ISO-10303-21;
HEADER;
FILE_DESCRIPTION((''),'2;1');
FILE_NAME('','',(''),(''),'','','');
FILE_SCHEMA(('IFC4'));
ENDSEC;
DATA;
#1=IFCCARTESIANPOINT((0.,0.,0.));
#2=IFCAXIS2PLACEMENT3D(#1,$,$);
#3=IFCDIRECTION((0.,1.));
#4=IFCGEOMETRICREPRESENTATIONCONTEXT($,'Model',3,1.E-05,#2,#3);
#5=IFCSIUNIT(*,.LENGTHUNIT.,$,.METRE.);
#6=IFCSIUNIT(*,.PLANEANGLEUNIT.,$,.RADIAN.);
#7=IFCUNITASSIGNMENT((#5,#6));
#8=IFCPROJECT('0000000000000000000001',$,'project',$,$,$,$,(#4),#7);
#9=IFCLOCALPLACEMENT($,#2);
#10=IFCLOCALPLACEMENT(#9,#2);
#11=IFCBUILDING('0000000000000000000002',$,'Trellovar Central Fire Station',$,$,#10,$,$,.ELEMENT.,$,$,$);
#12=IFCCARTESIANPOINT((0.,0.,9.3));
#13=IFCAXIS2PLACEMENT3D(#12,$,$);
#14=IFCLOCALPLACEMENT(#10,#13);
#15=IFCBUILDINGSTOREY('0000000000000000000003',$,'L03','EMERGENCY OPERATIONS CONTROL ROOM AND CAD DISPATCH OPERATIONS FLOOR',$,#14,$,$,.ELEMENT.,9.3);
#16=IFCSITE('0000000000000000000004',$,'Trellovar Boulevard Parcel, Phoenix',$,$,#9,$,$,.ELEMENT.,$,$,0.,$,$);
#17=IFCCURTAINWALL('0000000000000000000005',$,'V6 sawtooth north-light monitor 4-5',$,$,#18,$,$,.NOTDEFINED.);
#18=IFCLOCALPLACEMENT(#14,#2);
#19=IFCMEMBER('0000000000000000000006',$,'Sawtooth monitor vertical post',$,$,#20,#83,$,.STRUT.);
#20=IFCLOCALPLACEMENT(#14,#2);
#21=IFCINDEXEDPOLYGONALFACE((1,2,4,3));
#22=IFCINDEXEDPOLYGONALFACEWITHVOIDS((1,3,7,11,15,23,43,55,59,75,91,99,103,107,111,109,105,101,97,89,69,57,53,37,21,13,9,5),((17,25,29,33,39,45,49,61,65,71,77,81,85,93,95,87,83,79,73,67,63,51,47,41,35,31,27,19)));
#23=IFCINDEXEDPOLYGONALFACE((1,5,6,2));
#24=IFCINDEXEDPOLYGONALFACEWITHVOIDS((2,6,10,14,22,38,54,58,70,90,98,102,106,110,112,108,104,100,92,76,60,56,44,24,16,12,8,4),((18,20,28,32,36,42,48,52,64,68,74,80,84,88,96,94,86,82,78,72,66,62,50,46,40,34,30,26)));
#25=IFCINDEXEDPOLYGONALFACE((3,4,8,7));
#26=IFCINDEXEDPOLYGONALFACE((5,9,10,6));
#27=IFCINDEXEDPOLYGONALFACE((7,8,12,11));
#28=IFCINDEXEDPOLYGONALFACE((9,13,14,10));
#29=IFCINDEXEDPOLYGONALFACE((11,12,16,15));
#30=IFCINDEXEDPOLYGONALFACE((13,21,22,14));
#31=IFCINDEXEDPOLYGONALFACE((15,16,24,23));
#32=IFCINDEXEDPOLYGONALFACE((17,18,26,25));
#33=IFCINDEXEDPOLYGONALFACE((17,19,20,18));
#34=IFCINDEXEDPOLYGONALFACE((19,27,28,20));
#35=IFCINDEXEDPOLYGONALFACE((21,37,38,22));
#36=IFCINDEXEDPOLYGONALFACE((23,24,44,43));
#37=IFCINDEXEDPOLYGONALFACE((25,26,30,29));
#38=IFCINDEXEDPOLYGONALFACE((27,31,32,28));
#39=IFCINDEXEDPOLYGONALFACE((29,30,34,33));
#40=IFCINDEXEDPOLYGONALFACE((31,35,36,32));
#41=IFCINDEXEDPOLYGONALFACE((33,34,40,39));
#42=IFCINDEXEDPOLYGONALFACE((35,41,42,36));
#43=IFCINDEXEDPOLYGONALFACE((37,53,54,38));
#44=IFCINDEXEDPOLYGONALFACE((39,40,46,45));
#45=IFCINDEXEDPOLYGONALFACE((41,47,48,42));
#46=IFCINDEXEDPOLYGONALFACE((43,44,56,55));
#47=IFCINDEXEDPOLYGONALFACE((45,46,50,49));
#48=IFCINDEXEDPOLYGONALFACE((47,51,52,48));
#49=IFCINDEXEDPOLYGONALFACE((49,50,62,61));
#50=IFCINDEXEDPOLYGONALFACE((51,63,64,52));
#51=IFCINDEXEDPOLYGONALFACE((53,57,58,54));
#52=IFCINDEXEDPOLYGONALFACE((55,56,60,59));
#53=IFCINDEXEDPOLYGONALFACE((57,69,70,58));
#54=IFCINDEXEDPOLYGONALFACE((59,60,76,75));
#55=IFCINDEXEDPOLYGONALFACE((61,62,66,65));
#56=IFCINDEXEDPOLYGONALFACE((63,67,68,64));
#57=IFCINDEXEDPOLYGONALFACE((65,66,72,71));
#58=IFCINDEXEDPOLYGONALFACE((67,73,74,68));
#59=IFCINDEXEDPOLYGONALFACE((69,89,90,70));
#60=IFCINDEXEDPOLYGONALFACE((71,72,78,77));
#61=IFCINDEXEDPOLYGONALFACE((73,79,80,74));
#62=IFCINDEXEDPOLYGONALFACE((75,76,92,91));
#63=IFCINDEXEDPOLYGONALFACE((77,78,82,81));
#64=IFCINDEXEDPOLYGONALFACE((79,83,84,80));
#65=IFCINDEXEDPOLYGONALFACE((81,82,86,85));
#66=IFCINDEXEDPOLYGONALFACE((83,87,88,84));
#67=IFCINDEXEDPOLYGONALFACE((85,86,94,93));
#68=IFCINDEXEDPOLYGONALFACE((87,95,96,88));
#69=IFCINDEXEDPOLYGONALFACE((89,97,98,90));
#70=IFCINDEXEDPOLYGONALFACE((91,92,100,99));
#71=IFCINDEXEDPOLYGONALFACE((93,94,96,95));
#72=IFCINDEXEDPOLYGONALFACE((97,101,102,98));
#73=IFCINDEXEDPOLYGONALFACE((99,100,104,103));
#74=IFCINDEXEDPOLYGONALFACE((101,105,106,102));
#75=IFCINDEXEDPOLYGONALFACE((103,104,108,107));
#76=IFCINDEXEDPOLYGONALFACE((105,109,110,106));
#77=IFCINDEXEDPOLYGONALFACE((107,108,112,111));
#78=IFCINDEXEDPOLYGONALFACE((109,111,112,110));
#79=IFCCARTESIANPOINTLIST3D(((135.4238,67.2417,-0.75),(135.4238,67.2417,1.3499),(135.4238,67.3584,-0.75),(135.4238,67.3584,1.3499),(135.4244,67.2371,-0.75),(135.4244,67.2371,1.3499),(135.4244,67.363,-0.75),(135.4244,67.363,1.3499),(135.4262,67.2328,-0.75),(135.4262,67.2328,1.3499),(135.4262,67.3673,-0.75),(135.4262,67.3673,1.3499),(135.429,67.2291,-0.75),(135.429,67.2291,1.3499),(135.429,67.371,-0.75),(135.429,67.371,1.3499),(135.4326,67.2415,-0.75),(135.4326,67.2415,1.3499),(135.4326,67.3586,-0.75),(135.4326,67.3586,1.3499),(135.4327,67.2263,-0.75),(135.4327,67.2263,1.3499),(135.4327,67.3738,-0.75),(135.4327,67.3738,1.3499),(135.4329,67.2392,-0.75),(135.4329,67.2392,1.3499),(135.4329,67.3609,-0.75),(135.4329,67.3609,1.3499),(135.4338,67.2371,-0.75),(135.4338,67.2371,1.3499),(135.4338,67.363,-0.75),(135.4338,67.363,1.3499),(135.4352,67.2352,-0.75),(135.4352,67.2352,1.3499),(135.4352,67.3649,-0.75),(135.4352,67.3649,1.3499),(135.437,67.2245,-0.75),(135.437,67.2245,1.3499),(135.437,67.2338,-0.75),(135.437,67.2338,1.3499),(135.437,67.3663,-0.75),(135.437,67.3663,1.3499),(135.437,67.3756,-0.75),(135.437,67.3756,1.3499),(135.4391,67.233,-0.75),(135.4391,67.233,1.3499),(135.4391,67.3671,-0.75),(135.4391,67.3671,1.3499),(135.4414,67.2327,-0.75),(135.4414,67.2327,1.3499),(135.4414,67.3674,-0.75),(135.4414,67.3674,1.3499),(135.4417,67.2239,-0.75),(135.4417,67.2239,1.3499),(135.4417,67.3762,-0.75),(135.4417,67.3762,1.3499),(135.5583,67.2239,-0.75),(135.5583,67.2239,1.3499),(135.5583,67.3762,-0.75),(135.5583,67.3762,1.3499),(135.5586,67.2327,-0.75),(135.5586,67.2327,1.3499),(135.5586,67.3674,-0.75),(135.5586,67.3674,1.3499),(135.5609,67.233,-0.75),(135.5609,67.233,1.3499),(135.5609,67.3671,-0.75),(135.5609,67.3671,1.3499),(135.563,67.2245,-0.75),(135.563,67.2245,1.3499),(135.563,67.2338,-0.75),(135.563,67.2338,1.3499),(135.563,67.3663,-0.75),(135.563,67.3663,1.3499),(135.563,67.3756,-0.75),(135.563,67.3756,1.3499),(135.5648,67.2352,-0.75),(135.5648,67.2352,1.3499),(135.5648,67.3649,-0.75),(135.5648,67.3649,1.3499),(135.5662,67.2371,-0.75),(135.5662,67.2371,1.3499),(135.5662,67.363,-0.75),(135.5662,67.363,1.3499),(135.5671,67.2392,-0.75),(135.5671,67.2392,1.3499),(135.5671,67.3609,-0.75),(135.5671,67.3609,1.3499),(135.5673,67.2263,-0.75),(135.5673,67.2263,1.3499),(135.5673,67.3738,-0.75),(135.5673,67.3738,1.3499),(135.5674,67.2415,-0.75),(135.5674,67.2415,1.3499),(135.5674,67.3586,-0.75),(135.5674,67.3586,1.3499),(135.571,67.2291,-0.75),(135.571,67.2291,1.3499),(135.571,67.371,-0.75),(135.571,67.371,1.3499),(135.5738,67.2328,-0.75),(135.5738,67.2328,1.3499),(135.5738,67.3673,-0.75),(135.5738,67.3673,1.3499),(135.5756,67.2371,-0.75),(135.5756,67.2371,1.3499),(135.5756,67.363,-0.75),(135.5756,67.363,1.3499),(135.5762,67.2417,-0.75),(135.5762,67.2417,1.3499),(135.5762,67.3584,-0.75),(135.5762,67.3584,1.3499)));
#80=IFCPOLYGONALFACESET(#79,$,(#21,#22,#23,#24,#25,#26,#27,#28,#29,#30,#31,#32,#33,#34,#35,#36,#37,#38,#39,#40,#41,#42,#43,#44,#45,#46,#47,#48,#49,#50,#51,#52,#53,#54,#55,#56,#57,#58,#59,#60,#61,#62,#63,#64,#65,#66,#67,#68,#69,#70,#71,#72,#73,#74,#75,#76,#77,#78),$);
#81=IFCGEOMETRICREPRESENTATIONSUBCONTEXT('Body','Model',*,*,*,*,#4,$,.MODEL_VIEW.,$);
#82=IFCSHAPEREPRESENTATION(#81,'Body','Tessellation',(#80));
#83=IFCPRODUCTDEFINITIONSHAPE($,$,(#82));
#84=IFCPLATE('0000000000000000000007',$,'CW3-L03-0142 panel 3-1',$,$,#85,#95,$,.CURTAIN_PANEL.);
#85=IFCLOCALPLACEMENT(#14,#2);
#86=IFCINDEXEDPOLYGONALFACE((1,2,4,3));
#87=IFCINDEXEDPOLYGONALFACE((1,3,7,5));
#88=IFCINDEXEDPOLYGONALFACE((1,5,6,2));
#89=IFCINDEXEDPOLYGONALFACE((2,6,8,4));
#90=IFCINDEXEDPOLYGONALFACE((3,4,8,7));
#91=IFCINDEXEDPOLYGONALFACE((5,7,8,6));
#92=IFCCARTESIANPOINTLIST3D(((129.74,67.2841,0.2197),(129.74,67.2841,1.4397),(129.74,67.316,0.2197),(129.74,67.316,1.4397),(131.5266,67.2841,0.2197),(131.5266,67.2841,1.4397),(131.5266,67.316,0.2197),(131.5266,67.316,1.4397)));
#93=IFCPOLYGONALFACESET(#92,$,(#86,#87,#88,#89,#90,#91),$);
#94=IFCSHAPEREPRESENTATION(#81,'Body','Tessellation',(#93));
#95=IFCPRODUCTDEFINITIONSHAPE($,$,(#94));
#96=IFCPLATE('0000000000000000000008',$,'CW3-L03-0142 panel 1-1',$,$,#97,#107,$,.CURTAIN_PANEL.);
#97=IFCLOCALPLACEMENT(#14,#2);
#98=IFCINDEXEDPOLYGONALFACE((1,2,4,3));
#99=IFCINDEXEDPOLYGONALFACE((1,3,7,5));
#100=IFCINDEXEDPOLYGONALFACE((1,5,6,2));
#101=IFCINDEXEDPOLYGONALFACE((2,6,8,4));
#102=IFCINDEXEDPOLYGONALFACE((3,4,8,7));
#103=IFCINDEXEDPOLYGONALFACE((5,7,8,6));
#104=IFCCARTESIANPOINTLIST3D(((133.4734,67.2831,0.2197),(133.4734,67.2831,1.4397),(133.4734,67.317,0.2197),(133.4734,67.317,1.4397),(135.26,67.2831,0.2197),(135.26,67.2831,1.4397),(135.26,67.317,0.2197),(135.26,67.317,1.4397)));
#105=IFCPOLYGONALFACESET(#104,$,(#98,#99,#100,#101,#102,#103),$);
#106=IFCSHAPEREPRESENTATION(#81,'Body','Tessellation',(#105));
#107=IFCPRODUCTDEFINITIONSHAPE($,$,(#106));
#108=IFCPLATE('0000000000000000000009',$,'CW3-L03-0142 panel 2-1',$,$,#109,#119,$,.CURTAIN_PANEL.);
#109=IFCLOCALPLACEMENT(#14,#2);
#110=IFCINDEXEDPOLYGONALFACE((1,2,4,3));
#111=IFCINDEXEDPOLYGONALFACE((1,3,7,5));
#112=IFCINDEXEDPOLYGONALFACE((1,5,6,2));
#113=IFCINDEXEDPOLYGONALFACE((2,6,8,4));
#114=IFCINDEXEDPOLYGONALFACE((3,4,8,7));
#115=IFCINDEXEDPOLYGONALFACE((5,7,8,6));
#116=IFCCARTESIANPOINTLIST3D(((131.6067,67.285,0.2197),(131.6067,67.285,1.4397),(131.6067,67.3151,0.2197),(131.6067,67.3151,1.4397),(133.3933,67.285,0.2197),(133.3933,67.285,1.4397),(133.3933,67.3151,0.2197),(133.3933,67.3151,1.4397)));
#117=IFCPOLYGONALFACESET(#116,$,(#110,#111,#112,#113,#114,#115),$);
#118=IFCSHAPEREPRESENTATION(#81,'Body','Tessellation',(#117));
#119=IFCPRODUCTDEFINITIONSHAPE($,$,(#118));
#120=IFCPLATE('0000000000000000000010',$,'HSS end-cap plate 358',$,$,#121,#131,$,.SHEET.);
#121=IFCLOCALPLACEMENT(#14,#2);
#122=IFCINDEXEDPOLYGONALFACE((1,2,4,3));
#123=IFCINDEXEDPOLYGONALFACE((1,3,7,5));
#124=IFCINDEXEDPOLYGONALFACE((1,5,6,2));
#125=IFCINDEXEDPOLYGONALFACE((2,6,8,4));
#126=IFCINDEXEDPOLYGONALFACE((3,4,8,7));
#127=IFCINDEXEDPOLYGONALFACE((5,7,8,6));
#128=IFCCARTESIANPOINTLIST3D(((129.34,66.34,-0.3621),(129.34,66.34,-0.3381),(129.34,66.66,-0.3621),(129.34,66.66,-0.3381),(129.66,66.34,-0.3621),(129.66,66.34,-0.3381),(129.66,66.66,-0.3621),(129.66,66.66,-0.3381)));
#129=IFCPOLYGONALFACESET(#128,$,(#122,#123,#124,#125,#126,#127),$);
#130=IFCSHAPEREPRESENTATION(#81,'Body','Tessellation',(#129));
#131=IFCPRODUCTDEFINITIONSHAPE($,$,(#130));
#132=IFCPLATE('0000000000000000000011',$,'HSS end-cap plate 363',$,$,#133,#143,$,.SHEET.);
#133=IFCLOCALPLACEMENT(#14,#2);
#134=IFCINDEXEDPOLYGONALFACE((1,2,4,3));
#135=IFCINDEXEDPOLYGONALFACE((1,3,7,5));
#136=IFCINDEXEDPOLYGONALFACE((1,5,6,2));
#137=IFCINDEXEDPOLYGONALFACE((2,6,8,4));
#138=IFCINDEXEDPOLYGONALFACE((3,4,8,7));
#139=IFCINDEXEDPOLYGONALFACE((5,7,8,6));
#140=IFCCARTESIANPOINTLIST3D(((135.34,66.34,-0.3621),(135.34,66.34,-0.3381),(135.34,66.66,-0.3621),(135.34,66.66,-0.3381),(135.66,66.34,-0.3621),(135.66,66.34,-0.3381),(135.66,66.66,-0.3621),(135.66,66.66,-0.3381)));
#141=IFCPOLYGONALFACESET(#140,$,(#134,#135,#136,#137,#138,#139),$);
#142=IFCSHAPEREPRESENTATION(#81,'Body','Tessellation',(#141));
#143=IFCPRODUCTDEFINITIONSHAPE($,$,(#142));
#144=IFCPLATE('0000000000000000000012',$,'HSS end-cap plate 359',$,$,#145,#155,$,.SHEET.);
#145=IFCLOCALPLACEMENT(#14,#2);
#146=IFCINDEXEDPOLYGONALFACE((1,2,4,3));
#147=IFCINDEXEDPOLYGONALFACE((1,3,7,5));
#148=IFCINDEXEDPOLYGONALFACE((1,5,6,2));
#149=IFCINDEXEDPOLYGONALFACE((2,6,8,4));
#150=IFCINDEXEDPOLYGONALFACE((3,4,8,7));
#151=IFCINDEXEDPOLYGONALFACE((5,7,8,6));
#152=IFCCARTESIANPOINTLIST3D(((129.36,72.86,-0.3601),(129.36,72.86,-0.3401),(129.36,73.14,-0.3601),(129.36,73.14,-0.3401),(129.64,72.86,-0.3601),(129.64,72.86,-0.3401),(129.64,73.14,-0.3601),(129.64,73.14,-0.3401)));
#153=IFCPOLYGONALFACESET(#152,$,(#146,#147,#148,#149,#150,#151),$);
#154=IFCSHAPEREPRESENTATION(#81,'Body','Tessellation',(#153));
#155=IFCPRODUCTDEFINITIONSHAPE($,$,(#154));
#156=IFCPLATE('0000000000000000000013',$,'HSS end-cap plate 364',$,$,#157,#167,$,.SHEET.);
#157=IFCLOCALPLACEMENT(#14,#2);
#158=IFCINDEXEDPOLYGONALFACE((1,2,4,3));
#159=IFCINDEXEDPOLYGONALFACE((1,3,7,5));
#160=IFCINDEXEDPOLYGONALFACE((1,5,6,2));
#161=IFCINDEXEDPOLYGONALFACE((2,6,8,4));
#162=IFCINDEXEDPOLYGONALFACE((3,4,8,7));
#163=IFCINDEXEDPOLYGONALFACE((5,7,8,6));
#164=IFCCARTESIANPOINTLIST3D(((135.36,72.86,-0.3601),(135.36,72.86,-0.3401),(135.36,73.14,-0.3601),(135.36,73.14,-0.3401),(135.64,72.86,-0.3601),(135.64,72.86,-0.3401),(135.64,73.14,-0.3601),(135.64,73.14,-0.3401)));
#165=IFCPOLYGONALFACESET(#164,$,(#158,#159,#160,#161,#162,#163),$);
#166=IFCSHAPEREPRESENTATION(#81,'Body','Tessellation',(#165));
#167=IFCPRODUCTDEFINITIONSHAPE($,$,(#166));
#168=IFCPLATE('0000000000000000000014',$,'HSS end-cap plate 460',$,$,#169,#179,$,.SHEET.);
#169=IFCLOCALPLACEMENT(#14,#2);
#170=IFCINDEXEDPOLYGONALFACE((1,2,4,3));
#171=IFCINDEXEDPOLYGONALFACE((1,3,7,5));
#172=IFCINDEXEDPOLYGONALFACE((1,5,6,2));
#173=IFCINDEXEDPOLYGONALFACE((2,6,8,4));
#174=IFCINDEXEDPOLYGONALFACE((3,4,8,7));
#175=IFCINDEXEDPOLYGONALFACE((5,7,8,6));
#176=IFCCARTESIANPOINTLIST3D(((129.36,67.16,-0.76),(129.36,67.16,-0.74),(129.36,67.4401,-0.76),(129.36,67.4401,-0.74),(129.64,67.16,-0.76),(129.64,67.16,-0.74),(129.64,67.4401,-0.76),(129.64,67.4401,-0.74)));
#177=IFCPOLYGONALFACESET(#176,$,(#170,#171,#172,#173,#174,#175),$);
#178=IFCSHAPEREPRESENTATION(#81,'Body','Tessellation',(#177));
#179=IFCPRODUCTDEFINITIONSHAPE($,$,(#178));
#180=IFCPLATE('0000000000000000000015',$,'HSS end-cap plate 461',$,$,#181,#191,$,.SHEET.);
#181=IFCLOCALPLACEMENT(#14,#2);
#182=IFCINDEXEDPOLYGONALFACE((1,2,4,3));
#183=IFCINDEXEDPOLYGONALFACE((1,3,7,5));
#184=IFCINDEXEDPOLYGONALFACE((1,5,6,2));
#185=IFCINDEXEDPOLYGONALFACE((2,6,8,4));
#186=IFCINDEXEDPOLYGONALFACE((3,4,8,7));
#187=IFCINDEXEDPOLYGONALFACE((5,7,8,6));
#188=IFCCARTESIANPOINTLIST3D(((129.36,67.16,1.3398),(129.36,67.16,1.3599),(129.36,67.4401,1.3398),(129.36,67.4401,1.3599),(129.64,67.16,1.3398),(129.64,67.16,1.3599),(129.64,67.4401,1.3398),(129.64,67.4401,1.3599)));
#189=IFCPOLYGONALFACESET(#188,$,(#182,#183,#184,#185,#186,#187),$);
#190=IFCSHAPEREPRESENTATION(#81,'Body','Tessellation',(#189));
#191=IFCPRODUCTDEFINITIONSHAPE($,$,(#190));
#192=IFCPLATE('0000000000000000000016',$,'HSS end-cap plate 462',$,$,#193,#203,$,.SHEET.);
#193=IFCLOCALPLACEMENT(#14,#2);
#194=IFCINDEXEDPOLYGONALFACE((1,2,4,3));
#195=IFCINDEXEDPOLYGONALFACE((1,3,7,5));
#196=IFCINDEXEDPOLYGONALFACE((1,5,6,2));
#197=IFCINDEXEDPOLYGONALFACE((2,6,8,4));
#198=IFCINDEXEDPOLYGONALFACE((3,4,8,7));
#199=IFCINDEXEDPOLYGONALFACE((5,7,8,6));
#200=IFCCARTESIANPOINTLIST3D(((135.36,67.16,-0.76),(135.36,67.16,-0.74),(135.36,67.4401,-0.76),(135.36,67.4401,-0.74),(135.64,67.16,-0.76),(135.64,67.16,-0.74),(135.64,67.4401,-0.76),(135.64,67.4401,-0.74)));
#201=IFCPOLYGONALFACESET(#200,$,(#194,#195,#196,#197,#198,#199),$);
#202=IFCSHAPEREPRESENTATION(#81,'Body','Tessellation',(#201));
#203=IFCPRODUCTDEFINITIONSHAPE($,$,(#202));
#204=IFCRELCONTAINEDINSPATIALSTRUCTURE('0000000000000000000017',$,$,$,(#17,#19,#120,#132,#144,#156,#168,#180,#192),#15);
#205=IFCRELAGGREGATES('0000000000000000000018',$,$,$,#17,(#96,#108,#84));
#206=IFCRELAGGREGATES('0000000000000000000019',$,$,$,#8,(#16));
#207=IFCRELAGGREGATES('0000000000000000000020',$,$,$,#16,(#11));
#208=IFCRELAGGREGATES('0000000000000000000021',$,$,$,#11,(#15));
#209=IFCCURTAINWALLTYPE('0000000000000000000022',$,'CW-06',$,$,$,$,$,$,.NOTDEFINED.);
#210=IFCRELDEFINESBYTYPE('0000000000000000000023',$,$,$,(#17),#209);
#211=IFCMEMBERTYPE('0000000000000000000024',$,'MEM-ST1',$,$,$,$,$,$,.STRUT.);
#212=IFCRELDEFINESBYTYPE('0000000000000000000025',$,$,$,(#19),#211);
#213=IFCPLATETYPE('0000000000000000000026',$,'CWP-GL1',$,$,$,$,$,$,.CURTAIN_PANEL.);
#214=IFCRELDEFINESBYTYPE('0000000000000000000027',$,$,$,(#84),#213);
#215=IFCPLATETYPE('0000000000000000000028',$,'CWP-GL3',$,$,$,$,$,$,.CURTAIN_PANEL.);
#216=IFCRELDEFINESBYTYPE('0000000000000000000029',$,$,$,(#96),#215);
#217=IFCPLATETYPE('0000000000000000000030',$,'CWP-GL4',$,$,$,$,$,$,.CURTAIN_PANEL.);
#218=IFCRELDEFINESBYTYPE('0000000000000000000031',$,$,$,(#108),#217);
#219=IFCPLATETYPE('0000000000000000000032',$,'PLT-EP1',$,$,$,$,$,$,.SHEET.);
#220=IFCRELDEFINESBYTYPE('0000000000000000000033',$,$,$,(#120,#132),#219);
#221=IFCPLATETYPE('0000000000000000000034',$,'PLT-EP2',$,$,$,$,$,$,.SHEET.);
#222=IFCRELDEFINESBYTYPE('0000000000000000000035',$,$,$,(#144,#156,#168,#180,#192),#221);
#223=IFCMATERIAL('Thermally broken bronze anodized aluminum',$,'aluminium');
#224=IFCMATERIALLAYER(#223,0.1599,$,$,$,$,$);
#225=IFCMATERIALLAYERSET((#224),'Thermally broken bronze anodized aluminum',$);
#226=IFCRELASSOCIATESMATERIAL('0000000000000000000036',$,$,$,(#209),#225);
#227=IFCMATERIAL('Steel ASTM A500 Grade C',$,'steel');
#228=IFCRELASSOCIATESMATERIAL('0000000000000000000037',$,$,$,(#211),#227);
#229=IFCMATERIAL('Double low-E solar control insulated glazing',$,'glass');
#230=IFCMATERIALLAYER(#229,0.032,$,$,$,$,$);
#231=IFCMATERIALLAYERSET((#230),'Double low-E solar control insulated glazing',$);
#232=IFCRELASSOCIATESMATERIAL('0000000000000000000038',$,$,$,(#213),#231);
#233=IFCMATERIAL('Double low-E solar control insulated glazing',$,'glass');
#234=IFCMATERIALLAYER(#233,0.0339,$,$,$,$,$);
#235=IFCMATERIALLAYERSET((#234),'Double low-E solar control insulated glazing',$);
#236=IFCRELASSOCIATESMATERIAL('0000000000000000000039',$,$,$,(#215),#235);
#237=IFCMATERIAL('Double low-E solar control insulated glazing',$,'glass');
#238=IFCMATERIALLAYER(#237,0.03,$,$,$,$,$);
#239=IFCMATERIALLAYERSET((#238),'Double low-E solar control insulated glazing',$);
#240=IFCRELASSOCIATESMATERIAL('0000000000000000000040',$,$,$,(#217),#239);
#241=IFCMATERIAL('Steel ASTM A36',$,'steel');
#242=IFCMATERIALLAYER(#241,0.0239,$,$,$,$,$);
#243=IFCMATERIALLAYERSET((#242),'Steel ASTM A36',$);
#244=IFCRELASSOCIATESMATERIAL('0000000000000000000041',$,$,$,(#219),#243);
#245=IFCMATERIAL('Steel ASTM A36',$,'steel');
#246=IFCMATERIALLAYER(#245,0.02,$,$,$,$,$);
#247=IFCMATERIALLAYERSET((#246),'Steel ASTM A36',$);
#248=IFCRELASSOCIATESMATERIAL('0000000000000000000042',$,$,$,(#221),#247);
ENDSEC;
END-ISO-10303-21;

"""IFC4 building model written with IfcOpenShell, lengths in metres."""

from ifc_helpers import new_model, si_unit, direction, frame, origin, origin_2d, place, context, subcontext, project, spatial, rectangle, hollow_rectangle, extrude, material, layer, layer_set, material_profile, profile_set, type_object, element, aggregate, save


model = new_model("IFC4")

# Units and contexts
model_context = context("Model", 3, precision=1e-05, world=origin(), true_north=direction((0.0, 1.0)))
body_context = subcontext(model_context, "Body", "Model", "MODEL_VIEW")
ifc_project = project(units=[si_unit("LENGTHUNIT", "METRE"), si_unit("PLANEANGLEUNIT", "RADIAN")], contexts=[model_context])

# Site, building, storey
site_placement = place(None, origin())
site = spatial("IfcSite", under=ifc_project, at=site_placement, Name="Trellovar Boulevard Parcel, Phoenix", CompositionType="ELEMENT", RefElevation=0.0)
building_placement = place(site_placement, origin())
building = spatial("IfcBuilding", under=site, at=building_placement, Name="Trellovar Central Fire Station", CompositionType="ELEMENT")
storey_placement = place(building_placement, frame((0.0, 0.0, 9.3)))
storey = spatial("IfcBuildingStorey", under=building, at=storey_placement, Name="L03", Description="EMERGENCY OPERATIONS CONTROL ROOM AND CAD DISPATCH OPERATIONS FLOOR", CompositionType="ELEMENT", Elevation=9.3)

# Curtain wall
ifc_material_1 = material(Name="Thermally broken bronze anodized aluminum", Category="aluminium")
ifc_layer_1 = layer(ifc_material_1, 0.1599)
ifc_layer_set_1 = layer_set([ifc_layer_1], Name="Thermally broken bronze anodized aluminum")
curtain_wall_type = type_object("IfcCurtainWallType", Name="CW-06", PredefinedType="NOTDEFINED", material=ifc_layer_set_1)
curtain_wall_placement = place(storey_placement, origin())
curtain_wall = element("IfcCurtainWall", 1, at=curtain_wall_placement, inside=storey, type_object=curtain_wall_type, Name="V6 sawtooth north-light monitor 4-5", PredefinedType="NOTDEFINED")

# Member
ifc_material_2 = material(Name="Steel ASTM A500 Grade C", Category="steel")
ifc_material_profile_1 = material_profile(ifc_material_2, hollow_rectangle(XDim=0.1523, YDim=0.1523, WallThickness=0.0088, InnerFilletRadius=0.0088, OuterFilletRadius=0.0178, at=origin_2d()), Name="HSS6X6X3/8")
ifc_profile_set_1 = profile_set([ifc_material_profile_1], Name="Steel ASTM A500 Grade C")
member_type_1 = type_object("IfcMemberType", Name="MEM-ST1", PredefinedType="STRUT", material=ifc_profile_set_1)
for number, where, z_axis, x_axis, name in (
    (2, (135.5, 67.3, -0.75), (0.0, 0.0, 1.0), (1.0, 0.0, 0.0), "Sawtooth monitor vertical post"),
):
    element("IfcMember", number, at=place(storey_placement, frame(where, z_axis=z_axis, x_axis=x_axis)), inside=storey, type_object=member_type_1, Name=name, PredefinedType="STRUT", context=body_context, shape_type="SweptSolid", body=[
        extrude(hollow_rectangle(XDim=0.1523, YDim=0.1523, WallThickness=0.0088, InnerFilletRadius=0.0088, OuterFilletRadius=0.0178, at=origin_2d()), origin(), (0.0, 0.0, 1.0), 2.0999),
    ])

# Plates
ifc_material_3 = material(Name="Double low-E solar control insulated glazing", Category="glass")
ifc_layer_2 = layer(ifc_material_3, 0.032)
ifc_layer_set_2 = layer_set([ifc_layer_2], Name="Double low-E solar control insulated glazing")
plate_type_1 = type_object("IfcPlateType", Name="CWP-GL1", PredefinedType="CURTAIN_PANEL", material=ifc_layer_set_2)
plate_1_placement = place(storey_placement, frame((130.6333, 67.3, 0.2197), z_axis=(0.0, 0.0, 1.0), x_axis=(-1.0, 0.0, 0.0)))
plate_1 = element("IfcPlate", 3, at=plate_1_placement, type_object=plate_type_1, Name="CW3-L03-0142 panel 3-1", PredefinedType="CURTAIN_PANEL", context=body_context, shape_type="SweptSolid", body=[
    extrude(rectangle(XDim=1.7866, YDim=0.032, at=origin_2d()), origin(), (0.0, 0.0, 1.0), 1.22),
])
ifc_material_4 = material(Name="Double low-E solar control insulated glazing", Category="glass")
ifc_layer_3 = layer(ifc_material_4, 0.0339)
ifc_layer_set_3 = layer_set([ifc_layer_3], Name="Double low-E solar control insulated glazing")
plate_type_2 = type_object("IfcPlateType", Name="CWP-GL3", PredefinedType="CURTAIN_PANEL", material=ifc_layer_set_3)
plate_2_placement = place(storey_placement, frame((134.3667, 67.3, 0.2197), z_axis=(0.0, 0.0, 1.0), x_axis=(-1.0, 0.0, 0.0)))
plate_2 = element("IfcPlate", 4, at=plate_2_placement, type_object=plate_type_2, Name="CW3-L03-0142 panel 1-1", PredefinedType="CURTAIN_PANEL", context=body_context, shape_type="SweptSolid", body=[
    extrude(rectangle(XDim=1.7866, YDim=0.0339, at=origin_2d()), origin(), (0.0, 0.0, 1.0), 1.22),
])
ifc_material_5 = material(Name="Double low-E solar control insulated glazing", Category="glass")
ifc_layer_4 = layer(ifc_material_5, 0.03)
ifc_layer_set_4 = layer_set([ifc_layer_4], Name="Double low-E solar control insulated glazing")
plate_type_3 = type_object("IfcPlateType", Name="CWP-GL4", PredefinedType="CURTAIN_PANEL", material=ifc_layer_set_4)
plate_3_placement = place(storey_placement, frame((132.5, 67.3, 0.2197), z_axis=(0.0, 0.0, 1.0), x_axis=(-1.0, 0.0, 0.0)))
plate_3 = element("IfcPlate", 5, at=plate_3_placement, type_object=plate_type_3, Name="CW3-L03-0142 panel 2-1", PredefinedType="CURTAIN_PANEL", context=body_context, shape_type="SweptSolid", body=[
    extrude(rectangle(XDim=1.7866, YDim=0.03, at=origin_2d()), origin(), (0.0, 0.0, 1.0), 1.22),
])
aggregate(curtain_wall, [plate_2, plate_3, plate_1])

# Plates
ifc_material_6 = material(Name="Steel ASTM A36", Category="steel")
ifc_layer_5 = layer(ifc_material_6, 0.0239)
ifc_layer_set_5 = layer_set([ifc_layer_5], Name="Steel ASTM A36")
plate_type_4 = type_object("IfcPlateType", Name="PLT-EP1", PredefinedType="SHEET", material=ifc_layer_set_5)
for number, where, z_axis, x_axis, name in (
    (6, (129.5, 66.5, -0.3621), (0.0, 0.0, 1.0), (1.0, 0.0, 0.0), "HSS end-cap plate 358"),
    (7, (135.5, 66.5, -0.3621), (0.0, 0.0, 1.0), (1.0, 0.0, 0.0), "HSS end-cap plate 363"),
):
    element("IfcPlate", number, at=place(storey_placement, frame(where, z_axis=z_axis, x_axis=x_axis)), inside=storey, type_object=plate_type_4, Name=name, PredefinedType="SHEET", context=body_context, shape_type="SweptSolid", body=[
        extrude(rectangle(XDim=0.3201, YDim=0.3201, at=origin_2d()), origin(), (0.0, 0.0, 1.0), 0.0239),
    ])
ifc_material_7 = material(Name="Steel ASTM A36", Category="steel")
ifc_layer_6 = layer(ifc_material_7, 0.02)
ifc_layer_set_6 = layer_set([ifc_layer_6], Name="Steel ASTM A36")
plate_type_5 = type_object("IfcPlateType", Name="PLT-EP2", PredefinedType="SHEET", material=ifc_layer_set_6)
for number, where, z_axis, x_axis, name in (
    (8, (129.5, 73.0, -0.3601), (0.0, 0.0, 1.0), (1.0, 0.0, 0.0), "HSS end-cap plate 359"),
    (9, (135.5, 73.0, -0.3601), (0.0, 0.0, 1.0), (1.0, 0.0, 0.0), "HSS end-cap plate 364"),
    (10, (129.5, 67.3, -0.76), (0.0, 0.0, 1.0), (1.0, 0.0, 0.0), "HSS end-cap plate 460"),
    (11, (129.5, 67.3, 1.3398), (0.0, 0.0, 1.0), (1.0, 0.0, 0.0), "HSS end-cap plate 461"),
    (12, (135.5, 67.3, -0.76), (0.0, 0.0, 1.0), (1.0, 0.0, 0.0), "HSS end-cap plate 462"),
):
    element("IfcPlate", number, at=place(storey_placement, frame(where, z_axis=z_axis, x_axis=x_axis)), inside=storey, type_object=plate_type_5, Name=name, PredefinedType="SHEET", context=body_context, shape_type="SweptSolid", body=[
        extrude(rectangle(XDim=0.28, YDim=0.28, at=origin_2d()), origin(), (0.0, 0.0, 1.0), 0.02),
    ])

save(model, "model.ifc")
